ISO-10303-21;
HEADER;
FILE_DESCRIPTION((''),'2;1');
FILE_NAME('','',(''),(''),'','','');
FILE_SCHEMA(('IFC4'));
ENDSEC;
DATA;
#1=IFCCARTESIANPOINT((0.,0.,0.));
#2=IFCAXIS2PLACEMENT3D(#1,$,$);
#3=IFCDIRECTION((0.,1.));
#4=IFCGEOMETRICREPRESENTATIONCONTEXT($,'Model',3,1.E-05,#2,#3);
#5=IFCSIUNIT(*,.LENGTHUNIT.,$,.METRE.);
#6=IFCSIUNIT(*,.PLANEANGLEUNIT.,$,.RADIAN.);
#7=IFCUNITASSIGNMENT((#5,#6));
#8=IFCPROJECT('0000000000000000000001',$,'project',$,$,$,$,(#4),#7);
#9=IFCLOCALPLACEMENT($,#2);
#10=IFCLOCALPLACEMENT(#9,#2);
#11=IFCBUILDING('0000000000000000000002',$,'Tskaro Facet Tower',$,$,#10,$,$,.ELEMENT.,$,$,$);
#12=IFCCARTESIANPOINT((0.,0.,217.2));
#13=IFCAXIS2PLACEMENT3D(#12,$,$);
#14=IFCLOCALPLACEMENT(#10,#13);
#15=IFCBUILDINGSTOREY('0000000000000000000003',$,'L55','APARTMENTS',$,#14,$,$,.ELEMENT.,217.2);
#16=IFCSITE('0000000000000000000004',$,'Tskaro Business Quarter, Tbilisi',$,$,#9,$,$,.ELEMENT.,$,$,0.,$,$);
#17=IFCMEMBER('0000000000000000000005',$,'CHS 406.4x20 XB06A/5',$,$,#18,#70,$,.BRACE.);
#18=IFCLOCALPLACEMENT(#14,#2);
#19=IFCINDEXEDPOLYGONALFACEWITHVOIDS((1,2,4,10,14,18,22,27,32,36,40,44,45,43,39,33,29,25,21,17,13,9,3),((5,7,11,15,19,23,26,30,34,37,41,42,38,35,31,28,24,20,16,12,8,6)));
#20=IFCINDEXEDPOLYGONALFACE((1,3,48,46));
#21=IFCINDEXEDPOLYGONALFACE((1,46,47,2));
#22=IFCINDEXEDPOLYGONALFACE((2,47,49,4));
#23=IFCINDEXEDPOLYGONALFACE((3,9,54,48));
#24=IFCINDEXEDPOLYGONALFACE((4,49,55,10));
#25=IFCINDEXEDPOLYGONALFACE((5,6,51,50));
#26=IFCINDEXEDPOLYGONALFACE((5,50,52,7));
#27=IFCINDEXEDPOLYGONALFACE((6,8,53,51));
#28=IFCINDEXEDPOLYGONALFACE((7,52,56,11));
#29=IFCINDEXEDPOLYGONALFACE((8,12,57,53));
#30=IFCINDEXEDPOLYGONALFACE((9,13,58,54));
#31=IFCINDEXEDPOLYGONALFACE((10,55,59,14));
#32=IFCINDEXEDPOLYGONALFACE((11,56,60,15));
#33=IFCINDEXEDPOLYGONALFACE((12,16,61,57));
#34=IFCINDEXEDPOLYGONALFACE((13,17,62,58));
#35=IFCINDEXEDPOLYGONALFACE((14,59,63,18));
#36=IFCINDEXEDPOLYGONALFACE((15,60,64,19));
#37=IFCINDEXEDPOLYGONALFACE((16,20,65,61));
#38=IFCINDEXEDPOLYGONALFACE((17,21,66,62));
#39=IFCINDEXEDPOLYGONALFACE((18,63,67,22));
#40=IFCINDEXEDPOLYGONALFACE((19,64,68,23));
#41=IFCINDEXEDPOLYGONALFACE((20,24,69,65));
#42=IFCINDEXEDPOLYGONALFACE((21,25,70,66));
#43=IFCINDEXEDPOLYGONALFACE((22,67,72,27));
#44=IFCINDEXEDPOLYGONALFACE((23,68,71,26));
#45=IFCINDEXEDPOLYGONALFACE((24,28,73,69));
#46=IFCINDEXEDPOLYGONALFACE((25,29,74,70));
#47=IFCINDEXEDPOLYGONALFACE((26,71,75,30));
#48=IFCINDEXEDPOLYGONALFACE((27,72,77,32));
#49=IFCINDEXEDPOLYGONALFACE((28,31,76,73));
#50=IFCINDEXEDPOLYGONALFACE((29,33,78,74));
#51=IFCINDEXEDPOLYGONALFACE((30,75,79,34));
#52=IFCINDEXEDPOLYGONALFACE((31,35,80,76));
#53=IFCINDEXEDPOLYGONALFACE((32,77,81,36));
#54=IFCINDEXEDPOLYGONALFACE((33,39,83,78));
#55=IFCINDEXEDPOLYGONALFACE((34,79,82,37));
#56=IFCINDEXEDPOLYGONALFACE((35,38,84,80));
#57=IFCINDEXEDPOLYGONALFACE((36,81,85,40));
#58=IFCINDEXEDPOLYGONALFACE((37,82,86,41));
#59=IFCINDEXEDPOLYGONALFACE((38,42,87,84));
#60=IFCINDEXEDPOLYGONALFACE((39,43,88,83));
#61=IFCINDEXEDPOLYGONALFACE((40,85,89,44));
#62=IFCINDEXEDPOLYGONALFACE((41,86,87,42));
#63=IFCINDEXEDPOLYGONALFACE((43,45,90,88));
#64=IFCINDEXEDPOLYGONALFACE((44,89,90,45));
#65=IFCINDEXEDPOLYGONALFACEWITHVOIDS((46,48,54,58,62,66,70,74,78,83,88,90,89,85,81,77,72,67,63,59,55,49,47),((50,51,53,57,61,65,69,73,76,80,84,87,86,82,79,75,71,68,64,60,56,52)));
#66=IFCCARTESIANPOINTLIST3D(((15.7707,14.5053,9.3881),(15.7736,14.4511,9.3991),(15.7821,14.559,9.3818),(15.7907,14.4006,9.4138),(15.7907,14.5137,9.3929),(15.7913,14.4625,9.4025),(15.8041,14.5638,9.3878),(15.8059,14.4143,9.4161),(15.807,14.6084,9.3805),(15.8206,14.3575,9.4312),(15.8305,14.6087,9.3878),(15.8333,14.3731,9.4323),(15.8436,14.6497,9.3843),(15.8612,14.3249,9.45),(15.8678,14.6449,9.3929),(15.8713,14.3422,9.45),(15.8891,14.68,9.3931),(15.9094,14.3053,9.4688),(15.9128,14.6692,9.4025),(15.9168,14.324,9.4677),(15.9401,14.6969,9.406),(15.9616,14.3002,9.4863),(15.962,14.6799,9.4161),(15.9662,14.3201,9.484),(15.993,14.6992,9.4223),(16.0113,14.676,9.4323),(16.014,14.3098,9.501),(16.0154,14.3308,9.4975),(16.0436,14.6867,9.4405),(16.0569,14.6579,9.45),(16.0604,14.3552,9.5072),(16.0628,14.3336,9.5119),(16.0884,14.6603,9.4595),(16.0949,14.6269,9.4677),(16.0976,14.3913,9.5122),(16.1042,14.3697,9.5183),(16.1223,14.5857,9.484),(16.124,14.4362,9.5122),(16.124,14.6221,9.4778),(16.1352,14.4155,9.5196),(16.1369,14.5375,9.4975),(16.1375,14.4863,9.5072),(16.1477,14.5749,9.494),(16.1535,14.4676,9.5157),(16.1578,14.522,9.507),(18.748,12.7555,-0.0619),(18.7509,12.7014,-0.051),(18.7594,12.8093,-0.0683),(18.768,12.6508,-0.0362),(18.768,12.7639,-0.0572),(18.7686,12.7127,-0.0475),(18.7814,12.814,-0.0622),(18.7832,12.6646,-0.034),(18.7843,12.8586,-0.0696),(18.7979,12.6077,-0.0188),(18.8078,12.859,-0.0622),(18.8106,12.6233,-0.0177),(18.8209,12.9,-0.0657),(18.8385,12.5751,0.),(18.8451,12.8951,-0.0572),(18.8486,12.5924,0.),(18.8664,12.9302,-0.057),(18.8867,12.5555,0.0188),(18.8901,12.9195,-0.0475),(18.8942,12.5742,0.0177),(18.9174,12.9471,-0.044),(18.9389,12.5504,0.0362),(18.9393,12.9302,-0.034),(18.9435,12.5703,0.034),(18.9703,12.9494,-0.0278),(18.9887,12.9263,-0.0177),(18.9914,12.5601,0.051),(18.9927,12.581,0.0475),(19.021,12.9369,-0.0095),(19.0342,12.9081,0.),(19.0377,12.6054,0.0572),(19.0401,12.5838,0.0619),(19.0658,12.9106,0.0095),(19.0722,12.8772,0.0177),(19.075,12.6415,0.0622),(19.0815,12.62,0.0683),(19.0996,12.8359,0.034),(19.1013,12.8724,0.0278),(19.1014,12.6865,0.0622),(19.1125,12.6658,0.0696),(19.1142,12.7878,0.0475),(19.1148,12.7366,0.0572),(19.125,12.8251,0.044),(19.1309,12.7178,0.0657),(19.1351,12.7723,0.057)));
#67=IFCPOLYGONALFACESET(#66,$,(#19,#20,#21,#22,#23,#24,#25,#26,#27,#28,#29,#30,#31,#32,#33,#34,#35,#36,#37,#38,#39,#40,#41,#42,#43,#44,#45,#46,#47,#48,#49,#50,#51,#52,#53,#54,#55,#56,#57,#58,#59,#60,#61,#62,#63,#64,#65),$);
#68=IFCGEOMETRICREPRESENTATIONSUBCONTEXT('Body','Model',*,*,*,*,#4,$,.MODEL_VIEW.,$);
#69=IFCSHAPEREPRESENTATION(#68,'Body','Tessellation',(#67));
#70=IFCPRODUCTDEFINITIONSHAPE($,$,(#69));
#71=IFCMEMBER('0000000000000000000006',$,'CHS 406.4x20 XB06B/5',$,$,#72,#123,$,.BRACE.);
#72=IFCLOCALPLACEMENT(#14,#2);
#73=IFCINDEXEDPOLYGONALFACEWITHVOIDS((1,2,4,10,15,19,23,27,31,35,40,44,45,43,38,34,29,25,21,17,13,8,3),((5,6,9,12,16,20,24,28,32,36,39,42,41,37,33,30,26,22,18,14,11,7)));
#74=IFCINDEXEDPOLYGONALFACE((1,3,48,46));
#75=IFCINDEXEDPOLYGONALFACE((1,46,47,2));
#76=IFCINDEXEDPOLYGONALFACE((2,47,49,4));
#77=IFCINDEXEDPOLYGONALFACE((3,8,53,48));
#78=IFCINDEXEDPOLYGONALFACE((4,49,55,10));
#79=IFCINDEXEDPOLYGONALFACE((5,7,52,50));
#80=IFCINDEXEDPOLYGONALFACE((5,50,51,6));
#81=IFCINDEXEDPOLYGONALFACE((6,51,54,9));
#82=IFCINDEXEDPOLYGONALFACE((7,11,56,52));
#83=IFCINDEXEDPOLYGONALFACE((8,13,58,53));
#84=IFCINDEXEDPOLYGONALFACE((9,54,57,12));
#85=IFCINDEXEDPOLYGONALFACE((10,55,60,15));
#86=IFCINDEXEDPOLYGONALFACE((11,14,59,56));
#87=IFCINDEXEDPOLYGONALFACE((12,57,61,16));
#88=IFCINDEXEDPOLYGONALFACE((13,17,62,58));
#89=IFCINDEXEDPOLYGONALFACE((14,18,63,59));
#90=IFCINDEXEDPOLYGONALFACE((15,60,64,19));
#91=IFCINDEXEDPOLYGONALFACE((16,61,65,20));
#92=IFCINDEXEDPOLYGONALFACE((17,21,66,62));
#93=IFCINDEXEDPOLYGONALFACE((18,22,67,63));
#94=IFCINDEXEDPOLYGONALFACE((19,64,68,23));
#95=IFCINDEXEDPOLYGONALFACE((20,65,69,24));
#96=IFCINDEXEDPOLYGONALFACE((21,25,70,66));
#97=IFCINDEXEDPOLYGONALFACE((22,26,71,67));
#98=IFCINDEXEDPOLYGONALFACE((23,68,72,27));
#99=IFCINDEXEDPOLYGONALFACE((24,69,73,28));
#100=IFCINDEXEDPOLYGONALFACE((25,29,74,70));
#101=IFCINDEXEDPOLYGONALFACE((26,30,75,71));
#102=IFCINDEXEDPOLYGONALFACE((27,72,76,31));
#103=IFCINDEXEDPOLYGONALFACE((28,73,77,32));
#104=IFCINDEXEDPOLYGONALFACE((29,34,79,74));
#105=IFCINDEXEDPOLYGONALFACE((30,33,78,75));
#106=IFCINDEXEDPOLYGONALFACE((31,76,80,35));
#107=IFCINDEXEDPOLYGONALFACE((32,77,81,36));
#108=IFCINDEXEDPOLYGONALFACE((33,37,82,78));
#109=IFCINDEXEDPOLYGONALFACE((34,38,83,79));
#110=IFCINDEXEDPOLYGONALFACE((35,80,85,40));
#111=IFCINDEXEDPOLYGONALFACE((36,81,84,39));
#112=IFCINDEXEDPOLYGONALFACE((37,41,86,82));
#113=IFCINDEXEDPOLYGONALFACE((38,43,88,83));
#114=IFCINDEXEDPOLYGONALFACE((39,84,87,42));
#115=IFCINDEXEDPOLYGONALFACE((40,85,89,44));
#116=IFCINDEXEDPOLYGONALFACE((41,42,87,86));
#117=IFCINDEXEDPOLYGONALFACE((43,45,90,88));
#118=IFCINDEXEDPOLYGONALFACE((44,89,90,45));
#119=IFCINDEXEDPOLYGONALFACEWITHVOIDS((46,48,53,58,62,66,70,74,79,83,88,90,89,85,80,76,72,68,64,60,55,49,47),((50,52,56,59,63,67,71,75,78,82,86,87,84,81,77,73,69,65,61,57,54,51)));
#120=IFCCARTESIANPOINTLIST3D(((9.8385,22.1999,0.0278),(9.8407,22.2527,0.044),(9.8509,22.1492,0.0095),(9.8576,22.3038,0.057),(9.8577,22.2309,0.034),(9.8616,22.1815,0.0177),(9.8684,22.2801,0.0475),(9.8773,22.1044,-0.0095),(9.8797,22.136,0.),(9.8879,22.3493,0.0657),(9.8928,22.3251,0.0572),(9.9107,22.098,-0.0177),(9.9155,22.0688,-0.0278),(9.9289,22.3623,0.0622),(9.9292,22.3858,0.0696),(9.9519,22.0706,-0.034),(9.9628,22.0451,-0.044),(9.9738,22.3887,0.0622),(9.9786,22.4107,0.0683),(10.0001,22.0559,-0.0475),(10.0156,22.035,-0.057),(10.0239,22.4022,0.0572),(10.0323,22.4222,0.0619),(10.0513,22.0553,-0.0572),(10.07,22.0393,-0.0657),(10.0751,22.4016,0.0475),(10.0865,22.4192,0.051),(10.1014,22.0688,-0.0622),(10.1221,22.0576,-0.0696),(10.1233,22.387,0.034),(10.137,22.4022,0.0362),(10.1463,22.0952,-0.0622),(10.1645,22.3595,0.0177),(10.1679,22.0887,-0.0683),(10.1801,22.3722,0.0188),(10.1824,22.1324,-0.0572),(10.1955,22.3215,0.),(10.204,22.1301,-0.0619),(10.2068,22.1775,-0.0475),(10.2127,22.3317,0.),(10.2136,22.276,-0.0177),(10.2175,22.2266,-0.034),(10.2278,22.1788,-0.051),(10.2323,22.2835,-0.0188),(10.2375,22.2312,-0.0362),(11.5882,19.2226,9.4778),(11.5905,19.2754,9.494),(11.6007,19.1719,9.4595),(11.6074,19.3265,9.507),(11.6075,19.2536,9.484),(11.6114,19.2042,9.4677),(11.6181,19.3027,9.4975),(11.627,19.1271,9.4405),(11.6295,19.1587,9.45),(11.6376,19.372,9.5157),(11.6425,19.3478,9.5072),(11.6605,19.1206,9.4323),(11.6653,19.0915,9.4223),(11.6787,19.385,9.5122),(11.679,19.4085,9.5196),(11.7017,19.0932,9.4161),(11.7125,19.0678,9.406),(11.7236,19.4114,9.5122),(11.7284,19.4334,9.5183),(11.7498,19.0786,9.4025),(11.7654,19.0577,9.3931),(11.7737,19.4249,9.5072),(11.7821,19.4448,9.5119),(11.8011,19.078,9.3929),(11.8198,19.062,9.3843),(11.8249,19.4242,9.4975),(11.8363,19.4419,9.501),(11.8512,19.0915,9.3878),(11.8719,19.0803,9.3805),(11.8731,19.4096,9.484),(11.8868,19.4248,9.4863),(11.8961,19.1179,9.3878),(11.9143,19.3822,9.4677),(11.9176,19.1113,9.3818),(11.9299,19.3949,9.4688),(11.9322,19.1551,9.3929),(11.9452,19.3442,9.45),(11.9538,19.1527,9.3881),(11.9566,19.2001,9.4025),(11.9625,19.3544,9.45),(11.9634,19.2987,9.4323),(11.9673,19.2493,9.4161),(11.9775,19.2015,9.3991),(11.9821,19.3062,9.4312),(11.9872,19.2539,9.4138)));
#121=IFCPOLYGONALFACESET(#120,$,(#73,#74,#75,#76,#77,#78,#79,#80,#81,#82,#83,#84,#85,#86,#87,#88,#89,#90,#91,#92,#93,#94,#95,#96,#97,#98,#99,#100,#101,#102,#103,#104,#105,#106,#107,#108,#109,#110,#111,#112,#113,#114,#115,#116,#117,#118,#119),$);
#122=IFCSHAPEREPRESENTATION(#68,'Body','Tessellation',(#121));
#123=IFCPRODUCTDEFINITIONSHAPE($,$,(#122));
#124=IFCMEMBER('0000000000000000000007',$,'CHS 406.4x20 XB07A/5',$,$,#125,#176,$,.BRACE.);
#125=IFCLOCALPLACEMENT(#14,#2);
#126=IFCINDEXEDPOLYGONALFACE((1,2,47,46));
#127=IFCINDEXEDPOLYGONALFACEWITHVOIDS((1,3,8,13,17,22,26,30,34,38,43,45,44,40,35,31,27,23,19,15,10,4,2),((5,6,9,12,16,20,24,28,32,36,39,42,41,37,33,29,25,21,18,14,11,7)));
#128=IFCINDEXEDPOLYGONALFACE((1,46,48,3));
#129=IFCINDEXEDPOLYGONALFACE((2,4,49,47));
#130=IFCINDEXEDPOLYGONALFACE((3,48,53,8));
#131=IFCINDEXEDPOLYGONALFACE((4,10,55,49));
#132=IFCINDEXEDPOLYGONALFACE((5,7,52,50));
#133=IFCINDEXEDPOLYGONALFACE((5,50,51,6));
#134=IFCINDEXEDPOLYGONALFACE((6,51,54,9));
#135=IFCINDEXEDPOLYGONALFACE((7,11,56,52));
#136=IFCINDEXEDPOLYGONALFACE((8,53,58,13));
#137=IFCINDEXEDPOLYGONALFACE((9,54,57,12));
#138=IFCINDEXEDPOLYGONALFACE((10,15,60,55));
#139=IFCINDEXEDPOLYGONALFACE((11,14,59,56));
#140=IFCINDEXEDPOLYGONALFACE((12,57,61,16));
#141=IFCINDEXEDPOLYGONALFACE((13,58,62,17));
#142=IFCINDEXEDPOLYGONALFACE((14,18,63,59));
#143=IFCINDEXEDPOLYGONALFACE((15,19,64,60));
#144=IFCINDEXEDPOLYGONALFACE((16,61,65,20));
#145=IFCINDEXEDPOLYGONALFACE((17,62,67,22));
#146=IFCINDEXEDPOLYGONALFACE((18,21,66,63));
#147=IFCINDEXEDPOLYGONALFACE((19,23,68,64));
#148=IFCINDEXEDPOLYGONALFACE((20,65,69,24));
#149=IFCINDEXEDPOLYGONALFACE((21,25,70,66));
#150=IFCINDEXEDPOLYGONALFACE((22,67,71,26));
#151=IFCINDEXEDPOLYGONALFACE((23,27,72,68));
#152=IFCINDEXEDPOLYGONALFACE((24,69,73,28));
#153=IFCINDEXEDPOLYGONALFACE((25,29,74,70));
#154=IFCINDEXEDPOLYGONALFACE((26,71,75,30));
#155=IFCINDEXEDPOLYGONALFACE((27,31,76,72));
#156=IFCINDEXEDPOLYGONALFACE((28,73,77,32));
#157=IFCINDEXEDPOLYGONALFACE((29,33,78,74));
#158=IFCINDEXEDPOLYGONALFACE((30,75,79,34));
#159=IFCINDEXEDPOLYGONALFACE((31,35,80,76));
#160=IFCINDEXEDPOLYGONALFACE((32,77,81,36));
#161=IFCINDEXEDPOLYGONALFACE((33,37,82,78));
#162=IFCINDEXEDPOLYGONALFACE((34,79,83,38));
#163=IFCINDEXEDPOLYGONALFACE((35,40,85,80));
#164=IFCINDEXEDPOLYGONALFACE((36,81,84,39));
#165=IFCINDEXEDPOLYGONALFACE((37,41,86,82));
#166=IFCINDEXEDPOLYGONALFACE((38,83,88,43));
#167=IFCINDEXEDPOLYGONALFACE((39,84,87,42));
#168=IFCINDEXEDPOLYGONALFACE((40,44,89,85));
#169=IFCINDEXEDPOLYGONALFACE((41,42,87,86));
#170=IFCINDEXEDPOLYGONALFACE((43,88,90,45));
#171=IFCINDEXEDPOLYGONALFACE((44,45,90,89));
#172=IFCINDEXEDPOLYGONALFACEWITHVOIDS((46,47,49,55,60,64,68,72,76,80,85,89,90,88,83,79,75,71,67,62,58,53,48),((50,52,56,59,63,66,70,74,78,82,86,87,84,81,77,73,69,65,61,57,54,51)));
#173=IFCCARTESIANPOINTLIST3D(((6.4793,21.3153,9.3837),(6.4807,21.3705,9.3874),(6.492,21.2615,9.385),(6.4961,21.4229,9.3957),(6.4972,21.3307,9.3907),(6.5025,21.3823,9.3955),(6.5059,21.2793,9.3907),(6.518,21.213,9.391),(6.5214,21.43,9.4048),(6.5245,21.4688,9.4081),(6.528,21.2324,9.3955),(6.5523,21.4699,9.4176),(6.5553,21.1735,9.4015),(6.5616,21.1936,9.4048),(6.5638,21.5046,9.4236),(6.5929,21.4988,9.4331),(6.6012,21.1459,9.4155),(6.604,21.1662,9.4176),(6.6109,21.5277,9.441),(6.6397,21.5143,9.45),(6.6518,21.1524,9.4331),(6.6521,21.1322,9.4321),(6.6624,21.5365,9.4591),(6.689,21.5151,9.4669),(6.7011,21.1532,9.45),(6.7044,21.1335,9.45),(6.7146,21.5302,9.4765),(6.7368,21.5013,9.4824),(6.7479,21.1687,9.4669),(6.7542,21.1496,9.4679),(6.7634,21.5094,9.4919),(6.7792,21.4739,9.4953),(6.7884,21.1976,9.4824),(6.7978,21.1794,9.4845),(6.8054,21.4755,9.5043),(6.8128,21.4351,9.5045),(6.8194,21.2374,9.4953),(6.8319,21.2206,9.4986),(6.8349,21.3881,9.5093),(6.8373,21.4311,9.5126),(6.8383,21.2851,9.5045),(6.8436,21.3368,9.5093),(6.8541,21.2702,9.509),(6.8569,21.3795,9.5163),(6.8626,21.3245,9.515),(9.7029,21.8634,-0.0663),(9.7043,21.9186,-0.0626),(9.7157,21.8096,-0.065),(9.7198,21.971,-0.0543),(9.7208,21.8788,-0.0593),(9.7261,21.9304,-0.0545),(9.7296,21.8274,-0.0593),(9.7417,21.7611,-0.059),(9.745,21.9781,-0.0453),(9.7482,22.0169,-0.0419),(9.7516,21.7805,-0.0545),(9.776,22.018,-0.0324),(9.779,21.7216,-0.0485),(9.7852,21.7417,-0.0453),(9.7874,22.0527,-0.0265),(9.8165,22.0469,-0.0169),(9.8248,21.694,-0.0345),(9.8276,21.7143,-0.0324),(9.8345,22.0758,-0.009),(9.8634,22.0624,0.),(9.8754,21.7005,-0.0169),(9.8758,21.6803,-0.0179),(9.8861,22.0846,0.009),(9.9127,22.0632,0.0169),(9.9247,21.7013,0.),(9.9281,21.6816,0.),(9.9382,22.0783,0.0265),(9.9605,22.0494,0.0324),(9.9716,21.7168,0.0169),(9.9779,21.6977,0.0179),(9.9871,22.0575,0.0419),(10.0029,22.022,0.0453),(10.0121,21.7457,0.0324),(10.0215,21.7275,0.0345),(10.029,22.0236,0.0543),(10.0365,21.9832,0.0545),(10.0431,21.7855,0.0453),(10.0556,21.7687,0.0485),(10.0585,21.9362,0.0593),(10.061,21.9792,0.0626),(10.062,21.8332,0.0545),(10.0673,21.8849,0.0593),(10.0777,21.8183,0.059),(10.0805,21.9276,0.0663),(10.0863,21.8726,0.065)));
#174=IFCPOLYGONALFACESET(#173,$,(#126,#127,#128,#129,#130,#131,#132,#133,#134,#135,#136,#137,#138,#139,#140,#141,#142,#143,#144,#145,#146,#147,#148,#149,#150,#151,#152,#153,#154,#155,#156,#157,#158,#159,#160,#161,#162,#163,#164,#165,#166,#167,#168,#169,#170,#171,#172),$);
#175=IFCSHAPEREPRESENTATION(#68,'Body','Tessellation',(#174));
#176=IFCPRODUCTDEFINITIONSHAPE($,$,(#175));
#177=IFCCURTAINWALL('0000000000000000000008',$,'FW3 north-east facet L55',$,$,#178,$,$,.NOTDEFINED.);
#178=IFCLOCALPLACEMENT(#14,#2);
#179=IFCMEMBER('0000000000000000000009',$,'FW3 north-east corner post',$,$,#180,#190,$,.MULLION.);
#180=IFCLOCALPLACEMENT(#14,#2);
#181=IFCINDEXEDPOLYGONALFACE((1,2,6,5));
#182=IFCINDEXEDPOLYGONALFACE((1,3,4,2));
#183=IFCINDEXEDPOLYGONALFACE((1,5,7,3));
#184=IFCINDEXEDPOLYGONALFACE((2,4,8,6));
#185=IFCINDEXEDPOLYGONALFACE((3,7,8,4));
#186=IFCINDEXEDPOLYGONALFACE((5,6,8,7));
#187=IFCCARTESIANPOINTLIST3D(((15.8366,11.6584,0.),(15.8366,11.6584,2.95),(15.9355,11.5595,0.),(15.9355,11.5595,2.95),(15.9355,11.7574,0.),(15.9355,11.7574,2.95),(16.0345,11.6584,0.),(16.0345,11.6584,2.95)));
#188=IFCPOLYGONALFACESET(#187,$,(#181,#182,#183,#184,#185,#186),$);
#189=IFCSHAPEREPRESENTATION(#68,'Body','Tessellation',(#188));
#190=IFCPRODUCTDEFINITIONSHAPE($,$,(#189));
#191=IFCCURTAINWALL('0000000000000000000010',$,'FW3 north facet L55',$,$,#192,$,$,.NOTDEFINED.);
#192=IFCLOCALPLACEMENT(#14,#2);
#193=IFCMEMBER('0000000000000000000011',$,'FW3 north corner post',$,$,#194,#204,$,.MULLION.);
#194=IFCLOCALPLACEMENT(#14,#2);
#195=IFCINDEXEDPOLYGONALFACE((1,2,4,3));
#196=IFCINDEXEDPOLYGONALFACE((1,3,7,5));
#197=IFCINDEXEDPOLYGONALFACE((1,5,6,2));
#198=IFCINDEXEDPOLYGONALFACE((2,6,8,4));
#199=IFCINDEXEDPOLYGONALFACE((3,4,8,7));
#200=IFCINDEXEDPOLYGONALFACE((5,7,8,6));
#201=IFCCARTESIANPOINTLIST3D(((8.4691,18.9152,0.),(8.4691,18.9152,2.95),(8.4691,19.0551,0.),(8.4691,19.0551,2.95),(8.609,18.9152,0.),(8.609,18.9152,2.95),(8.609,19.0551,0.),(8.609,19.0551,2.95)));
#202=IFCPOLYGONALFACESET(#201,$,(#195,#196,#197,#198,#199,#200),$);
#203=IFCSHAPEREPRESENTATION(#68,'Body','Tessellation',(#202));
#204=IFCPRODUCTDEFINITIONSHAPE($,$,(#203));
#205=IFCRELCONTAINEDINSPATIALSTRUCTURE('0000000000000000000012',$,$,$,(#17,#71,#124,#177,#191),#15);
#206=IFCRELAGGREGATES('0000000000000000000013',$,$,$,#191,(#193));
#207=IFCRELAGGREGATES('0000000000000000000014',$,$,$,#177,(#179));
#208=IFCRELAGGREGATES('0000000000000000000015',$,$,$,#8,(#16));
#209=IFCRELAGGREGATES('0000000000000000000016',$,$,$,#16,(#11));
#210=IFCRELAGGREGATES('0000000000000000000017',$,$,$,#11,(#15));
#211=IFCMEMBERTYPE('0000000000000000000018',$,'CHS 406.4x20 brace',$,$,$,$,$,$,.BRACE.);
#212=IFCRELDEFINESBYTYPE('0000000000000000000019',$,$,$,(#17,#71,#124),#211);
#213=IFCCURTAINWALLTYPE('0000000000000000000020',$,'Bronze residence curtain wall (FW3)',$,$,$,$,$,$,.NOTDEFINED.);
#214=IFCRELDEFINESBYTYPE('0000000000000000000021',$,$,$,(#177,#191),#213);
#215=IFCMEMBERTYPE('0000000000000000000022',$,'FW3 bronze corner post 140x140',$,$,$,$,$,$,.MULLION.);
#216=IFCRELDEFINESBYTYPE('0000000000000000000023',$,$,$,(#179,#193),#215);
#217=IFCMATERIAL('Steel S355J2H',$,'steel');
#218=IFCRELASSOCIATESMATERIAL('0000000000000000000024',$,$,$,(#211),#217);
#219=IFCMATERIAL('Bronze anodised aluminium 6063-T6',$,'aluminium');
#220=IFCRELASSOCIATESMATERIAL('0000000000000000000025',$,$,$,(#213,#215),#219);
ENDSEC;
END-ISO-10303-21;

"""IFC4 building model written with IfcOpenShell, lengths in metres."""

from ifc_helpers import new_model, si_unit, direction, frame, origin, origin_2d, place, context, subcontext, project, spatial, rectangle, hollow_circle, extrude, material, material_profile, profile_set, type_object, element, aggregate, save


model = new_model("IFC4")

# Units and contexts
model_context = context("Model", 3, precision=1e-05, world=origin(), true_north=direction((0.0, 1.0)))
body_context = subcontext(model_context, "Body", "Model", "MODEL_VIEW")
ifc_project = project(units=[si_unit("LENGTHUNIT", "METRE"), si_unit("PLANEANGLEUNIT", "RADIAN")], contexts=[model_context])

# Site, building, storey
site_placement = place(None, origin())
site = spatial("IfcSite", under=ifc_project, at=site_placement, Name="Tskaro Business Quarter, Tbilisi", CompositionType="ELEMENT", RefElevation=0.0)
building_placement = place(site_placement, origin())
building = spatial("IfcBuilding", under=site, at=building_placement, Name="Tskaro Facet Tower", CompositionType="ELEMENT")
storey_placement = place(building_placement, frame((0.0, 0.0, 217.2)))
storey = spatial("IfcBuildingStorey", under=building, at=storey_placement, Name="L55", Description="APARTMENTS", CompositionType="ELEMENT", Elevation=217.2)

# Shared definitions
ifc_material_1 = material(Name="Steel S355J2H", Category="steel")

# Members
ifc_material_profile_1 = material_profile(ifc_material_1, hollow_circle(Radius=0.2031, WallThickness=0.02, at=origin_2d()), Name="CHS 406.4x20")
ifc_profile_set_1 = profile_set([ifc_material_profile_1], Name="Steel S355J2H")
member_type_1 = type_object("IfcMemberType", Name="CHS 406.4x20 brace", PredefinedType="BRACE", material=ifc_profile_set_1)
for number, where, z_axis, x_axis, name in (
    (1, (18.9414, 12.7502, 0.0), (-0.295919, 0.173911, 0.939248), (-0.506677, -0.862136, 0.0), "CHS 406.4x20 XB06A/5"),
    (2, (10.0376, 22.2288, 0.0), (0.173911, -0.295919, 0.939248), (0.862136, 0.506677, 0.0), "CHS 406.4x20 XB06B/5"),
):
    element("IfcMember", number, at=place(storey_placement, frame(where, z_axis=z_axis, x_axis=x_axis)), inside=storey, type_object=member_type_1, Name=name, PredefinedType="BRACE", context=body_context, shape_type="SweptSolid", body=[
        extrude(hollow_circle(Radius=0.2031, WallThickness=0.02, at=origin_2d()), origin(), (0.0, 0.0, 1.0), 10.0613),
    ])
member_1_placement = place(storey_placement, frame((9.894, 21.8818, 0.0), z_axis=(-0.322373, -0.054811, 0.945024), x_axis=(0.167619, -0.985852, 0.0)))
element("IfcMember", 3, at=member_1_placement, inside=storey, type_object=member_type_1, Name="CHS 406.4x20 XB07A/5", PredefinedType="BRACE", context=body_context, shape_type="SweptSolid", body=[
    extrude(hollow_circle(Radius=0.2031, WallThickness=0.02, at=origin_2d()), origin(), (0.0, 0.0, 1.0), 9.9998),
])

# Curtain walls, members
ifc_material_2 = material(Name="Bronze anodised aluminium 6063-T6", Category="aluminium")
curtain_wall_type = type_object("IfcCurtainWallType", Name="Bronze residence curtain wall (FW3)", PredefinedType="NOTDEFINED", material=ifc_material_2)
curtain_wall_1_placement = place(storey_placement, origin())
curtain_wall_1 = element("IfcCurtainWall", 4, at=curtain_wall_1_placement, inside=storey, type_object=curtain_wall_type, Name="FW3 north-east facet L55", PredefinedType="NOTDEFINED")
ifc_material_profile_2 = material_profile(ifc_material_2, rectangle(XDim=0.1399, YDim=0.1399, at=origin_2d()), Name="Corner post 140x140")
ifc_profile_set_2 = profile_set([ifc_material_profile_2], Name="Bronze anodised aluminium 6063-T6")
member_type_2 = type_object("IfcMemberType", Name="FW3 bronze corner post 140x140", PredefinedType="MULLION", material=ifc_profile_set_2)
member_2_placement = place(storey_placement, frame((15.9355, 11.6584, 0.0), z_axis=(0.0, 0.0, 1.0), x_axis=(-0.707107, 0.707107, 0.0)))
member_2 = element("IfcMember", 5, at=member_2_placement, type_object=member_type_2, Name="FW3 north-east corner post", PredefinedType="MULLION", context=body_context, shape_type="SweptSolid", body=[
    extrude(rectangle(XDim=0.1399, YDim=0.1399, at=origin_2d()), origin(), (0.0, 0.0, 1.0), 2.95),
])
curtain_wall_2_placement = place(storey_placement, origin())
curtain_wall_2 = element("IfcCurtainWall", 6, at=curtain_wall_2_placement, inside=storey, type_object=curtain_wall_type, Name="FW3 north facet L55", PredefinedType="NOTDEFINED")
member_3_placement = place(storey_placement, frame((8.5391, 18.9851, 0.0), z_axis=(0.0, 0.0, 1.0), x_axis=(-1.0, 0.0, 0.0)))
member_3 = element("IfcMember", 7, at=member_3_placement, type_object=member_type_2, Name="FW3 north corner post", PredefinedType="MULLION", context=body_context, shape_type="SweptSolid", body=[
    extrude(rectangle(XDim=0.1399, YDim=0.1399, at=origin_2d()), origin(), (0.0, 0.0, 1.0), 2.95),
])

aggregate(curtain_wall_2, [member_3])

aggregate(curtain_wall_1, [member_2])

save(model, "model.ifc")
